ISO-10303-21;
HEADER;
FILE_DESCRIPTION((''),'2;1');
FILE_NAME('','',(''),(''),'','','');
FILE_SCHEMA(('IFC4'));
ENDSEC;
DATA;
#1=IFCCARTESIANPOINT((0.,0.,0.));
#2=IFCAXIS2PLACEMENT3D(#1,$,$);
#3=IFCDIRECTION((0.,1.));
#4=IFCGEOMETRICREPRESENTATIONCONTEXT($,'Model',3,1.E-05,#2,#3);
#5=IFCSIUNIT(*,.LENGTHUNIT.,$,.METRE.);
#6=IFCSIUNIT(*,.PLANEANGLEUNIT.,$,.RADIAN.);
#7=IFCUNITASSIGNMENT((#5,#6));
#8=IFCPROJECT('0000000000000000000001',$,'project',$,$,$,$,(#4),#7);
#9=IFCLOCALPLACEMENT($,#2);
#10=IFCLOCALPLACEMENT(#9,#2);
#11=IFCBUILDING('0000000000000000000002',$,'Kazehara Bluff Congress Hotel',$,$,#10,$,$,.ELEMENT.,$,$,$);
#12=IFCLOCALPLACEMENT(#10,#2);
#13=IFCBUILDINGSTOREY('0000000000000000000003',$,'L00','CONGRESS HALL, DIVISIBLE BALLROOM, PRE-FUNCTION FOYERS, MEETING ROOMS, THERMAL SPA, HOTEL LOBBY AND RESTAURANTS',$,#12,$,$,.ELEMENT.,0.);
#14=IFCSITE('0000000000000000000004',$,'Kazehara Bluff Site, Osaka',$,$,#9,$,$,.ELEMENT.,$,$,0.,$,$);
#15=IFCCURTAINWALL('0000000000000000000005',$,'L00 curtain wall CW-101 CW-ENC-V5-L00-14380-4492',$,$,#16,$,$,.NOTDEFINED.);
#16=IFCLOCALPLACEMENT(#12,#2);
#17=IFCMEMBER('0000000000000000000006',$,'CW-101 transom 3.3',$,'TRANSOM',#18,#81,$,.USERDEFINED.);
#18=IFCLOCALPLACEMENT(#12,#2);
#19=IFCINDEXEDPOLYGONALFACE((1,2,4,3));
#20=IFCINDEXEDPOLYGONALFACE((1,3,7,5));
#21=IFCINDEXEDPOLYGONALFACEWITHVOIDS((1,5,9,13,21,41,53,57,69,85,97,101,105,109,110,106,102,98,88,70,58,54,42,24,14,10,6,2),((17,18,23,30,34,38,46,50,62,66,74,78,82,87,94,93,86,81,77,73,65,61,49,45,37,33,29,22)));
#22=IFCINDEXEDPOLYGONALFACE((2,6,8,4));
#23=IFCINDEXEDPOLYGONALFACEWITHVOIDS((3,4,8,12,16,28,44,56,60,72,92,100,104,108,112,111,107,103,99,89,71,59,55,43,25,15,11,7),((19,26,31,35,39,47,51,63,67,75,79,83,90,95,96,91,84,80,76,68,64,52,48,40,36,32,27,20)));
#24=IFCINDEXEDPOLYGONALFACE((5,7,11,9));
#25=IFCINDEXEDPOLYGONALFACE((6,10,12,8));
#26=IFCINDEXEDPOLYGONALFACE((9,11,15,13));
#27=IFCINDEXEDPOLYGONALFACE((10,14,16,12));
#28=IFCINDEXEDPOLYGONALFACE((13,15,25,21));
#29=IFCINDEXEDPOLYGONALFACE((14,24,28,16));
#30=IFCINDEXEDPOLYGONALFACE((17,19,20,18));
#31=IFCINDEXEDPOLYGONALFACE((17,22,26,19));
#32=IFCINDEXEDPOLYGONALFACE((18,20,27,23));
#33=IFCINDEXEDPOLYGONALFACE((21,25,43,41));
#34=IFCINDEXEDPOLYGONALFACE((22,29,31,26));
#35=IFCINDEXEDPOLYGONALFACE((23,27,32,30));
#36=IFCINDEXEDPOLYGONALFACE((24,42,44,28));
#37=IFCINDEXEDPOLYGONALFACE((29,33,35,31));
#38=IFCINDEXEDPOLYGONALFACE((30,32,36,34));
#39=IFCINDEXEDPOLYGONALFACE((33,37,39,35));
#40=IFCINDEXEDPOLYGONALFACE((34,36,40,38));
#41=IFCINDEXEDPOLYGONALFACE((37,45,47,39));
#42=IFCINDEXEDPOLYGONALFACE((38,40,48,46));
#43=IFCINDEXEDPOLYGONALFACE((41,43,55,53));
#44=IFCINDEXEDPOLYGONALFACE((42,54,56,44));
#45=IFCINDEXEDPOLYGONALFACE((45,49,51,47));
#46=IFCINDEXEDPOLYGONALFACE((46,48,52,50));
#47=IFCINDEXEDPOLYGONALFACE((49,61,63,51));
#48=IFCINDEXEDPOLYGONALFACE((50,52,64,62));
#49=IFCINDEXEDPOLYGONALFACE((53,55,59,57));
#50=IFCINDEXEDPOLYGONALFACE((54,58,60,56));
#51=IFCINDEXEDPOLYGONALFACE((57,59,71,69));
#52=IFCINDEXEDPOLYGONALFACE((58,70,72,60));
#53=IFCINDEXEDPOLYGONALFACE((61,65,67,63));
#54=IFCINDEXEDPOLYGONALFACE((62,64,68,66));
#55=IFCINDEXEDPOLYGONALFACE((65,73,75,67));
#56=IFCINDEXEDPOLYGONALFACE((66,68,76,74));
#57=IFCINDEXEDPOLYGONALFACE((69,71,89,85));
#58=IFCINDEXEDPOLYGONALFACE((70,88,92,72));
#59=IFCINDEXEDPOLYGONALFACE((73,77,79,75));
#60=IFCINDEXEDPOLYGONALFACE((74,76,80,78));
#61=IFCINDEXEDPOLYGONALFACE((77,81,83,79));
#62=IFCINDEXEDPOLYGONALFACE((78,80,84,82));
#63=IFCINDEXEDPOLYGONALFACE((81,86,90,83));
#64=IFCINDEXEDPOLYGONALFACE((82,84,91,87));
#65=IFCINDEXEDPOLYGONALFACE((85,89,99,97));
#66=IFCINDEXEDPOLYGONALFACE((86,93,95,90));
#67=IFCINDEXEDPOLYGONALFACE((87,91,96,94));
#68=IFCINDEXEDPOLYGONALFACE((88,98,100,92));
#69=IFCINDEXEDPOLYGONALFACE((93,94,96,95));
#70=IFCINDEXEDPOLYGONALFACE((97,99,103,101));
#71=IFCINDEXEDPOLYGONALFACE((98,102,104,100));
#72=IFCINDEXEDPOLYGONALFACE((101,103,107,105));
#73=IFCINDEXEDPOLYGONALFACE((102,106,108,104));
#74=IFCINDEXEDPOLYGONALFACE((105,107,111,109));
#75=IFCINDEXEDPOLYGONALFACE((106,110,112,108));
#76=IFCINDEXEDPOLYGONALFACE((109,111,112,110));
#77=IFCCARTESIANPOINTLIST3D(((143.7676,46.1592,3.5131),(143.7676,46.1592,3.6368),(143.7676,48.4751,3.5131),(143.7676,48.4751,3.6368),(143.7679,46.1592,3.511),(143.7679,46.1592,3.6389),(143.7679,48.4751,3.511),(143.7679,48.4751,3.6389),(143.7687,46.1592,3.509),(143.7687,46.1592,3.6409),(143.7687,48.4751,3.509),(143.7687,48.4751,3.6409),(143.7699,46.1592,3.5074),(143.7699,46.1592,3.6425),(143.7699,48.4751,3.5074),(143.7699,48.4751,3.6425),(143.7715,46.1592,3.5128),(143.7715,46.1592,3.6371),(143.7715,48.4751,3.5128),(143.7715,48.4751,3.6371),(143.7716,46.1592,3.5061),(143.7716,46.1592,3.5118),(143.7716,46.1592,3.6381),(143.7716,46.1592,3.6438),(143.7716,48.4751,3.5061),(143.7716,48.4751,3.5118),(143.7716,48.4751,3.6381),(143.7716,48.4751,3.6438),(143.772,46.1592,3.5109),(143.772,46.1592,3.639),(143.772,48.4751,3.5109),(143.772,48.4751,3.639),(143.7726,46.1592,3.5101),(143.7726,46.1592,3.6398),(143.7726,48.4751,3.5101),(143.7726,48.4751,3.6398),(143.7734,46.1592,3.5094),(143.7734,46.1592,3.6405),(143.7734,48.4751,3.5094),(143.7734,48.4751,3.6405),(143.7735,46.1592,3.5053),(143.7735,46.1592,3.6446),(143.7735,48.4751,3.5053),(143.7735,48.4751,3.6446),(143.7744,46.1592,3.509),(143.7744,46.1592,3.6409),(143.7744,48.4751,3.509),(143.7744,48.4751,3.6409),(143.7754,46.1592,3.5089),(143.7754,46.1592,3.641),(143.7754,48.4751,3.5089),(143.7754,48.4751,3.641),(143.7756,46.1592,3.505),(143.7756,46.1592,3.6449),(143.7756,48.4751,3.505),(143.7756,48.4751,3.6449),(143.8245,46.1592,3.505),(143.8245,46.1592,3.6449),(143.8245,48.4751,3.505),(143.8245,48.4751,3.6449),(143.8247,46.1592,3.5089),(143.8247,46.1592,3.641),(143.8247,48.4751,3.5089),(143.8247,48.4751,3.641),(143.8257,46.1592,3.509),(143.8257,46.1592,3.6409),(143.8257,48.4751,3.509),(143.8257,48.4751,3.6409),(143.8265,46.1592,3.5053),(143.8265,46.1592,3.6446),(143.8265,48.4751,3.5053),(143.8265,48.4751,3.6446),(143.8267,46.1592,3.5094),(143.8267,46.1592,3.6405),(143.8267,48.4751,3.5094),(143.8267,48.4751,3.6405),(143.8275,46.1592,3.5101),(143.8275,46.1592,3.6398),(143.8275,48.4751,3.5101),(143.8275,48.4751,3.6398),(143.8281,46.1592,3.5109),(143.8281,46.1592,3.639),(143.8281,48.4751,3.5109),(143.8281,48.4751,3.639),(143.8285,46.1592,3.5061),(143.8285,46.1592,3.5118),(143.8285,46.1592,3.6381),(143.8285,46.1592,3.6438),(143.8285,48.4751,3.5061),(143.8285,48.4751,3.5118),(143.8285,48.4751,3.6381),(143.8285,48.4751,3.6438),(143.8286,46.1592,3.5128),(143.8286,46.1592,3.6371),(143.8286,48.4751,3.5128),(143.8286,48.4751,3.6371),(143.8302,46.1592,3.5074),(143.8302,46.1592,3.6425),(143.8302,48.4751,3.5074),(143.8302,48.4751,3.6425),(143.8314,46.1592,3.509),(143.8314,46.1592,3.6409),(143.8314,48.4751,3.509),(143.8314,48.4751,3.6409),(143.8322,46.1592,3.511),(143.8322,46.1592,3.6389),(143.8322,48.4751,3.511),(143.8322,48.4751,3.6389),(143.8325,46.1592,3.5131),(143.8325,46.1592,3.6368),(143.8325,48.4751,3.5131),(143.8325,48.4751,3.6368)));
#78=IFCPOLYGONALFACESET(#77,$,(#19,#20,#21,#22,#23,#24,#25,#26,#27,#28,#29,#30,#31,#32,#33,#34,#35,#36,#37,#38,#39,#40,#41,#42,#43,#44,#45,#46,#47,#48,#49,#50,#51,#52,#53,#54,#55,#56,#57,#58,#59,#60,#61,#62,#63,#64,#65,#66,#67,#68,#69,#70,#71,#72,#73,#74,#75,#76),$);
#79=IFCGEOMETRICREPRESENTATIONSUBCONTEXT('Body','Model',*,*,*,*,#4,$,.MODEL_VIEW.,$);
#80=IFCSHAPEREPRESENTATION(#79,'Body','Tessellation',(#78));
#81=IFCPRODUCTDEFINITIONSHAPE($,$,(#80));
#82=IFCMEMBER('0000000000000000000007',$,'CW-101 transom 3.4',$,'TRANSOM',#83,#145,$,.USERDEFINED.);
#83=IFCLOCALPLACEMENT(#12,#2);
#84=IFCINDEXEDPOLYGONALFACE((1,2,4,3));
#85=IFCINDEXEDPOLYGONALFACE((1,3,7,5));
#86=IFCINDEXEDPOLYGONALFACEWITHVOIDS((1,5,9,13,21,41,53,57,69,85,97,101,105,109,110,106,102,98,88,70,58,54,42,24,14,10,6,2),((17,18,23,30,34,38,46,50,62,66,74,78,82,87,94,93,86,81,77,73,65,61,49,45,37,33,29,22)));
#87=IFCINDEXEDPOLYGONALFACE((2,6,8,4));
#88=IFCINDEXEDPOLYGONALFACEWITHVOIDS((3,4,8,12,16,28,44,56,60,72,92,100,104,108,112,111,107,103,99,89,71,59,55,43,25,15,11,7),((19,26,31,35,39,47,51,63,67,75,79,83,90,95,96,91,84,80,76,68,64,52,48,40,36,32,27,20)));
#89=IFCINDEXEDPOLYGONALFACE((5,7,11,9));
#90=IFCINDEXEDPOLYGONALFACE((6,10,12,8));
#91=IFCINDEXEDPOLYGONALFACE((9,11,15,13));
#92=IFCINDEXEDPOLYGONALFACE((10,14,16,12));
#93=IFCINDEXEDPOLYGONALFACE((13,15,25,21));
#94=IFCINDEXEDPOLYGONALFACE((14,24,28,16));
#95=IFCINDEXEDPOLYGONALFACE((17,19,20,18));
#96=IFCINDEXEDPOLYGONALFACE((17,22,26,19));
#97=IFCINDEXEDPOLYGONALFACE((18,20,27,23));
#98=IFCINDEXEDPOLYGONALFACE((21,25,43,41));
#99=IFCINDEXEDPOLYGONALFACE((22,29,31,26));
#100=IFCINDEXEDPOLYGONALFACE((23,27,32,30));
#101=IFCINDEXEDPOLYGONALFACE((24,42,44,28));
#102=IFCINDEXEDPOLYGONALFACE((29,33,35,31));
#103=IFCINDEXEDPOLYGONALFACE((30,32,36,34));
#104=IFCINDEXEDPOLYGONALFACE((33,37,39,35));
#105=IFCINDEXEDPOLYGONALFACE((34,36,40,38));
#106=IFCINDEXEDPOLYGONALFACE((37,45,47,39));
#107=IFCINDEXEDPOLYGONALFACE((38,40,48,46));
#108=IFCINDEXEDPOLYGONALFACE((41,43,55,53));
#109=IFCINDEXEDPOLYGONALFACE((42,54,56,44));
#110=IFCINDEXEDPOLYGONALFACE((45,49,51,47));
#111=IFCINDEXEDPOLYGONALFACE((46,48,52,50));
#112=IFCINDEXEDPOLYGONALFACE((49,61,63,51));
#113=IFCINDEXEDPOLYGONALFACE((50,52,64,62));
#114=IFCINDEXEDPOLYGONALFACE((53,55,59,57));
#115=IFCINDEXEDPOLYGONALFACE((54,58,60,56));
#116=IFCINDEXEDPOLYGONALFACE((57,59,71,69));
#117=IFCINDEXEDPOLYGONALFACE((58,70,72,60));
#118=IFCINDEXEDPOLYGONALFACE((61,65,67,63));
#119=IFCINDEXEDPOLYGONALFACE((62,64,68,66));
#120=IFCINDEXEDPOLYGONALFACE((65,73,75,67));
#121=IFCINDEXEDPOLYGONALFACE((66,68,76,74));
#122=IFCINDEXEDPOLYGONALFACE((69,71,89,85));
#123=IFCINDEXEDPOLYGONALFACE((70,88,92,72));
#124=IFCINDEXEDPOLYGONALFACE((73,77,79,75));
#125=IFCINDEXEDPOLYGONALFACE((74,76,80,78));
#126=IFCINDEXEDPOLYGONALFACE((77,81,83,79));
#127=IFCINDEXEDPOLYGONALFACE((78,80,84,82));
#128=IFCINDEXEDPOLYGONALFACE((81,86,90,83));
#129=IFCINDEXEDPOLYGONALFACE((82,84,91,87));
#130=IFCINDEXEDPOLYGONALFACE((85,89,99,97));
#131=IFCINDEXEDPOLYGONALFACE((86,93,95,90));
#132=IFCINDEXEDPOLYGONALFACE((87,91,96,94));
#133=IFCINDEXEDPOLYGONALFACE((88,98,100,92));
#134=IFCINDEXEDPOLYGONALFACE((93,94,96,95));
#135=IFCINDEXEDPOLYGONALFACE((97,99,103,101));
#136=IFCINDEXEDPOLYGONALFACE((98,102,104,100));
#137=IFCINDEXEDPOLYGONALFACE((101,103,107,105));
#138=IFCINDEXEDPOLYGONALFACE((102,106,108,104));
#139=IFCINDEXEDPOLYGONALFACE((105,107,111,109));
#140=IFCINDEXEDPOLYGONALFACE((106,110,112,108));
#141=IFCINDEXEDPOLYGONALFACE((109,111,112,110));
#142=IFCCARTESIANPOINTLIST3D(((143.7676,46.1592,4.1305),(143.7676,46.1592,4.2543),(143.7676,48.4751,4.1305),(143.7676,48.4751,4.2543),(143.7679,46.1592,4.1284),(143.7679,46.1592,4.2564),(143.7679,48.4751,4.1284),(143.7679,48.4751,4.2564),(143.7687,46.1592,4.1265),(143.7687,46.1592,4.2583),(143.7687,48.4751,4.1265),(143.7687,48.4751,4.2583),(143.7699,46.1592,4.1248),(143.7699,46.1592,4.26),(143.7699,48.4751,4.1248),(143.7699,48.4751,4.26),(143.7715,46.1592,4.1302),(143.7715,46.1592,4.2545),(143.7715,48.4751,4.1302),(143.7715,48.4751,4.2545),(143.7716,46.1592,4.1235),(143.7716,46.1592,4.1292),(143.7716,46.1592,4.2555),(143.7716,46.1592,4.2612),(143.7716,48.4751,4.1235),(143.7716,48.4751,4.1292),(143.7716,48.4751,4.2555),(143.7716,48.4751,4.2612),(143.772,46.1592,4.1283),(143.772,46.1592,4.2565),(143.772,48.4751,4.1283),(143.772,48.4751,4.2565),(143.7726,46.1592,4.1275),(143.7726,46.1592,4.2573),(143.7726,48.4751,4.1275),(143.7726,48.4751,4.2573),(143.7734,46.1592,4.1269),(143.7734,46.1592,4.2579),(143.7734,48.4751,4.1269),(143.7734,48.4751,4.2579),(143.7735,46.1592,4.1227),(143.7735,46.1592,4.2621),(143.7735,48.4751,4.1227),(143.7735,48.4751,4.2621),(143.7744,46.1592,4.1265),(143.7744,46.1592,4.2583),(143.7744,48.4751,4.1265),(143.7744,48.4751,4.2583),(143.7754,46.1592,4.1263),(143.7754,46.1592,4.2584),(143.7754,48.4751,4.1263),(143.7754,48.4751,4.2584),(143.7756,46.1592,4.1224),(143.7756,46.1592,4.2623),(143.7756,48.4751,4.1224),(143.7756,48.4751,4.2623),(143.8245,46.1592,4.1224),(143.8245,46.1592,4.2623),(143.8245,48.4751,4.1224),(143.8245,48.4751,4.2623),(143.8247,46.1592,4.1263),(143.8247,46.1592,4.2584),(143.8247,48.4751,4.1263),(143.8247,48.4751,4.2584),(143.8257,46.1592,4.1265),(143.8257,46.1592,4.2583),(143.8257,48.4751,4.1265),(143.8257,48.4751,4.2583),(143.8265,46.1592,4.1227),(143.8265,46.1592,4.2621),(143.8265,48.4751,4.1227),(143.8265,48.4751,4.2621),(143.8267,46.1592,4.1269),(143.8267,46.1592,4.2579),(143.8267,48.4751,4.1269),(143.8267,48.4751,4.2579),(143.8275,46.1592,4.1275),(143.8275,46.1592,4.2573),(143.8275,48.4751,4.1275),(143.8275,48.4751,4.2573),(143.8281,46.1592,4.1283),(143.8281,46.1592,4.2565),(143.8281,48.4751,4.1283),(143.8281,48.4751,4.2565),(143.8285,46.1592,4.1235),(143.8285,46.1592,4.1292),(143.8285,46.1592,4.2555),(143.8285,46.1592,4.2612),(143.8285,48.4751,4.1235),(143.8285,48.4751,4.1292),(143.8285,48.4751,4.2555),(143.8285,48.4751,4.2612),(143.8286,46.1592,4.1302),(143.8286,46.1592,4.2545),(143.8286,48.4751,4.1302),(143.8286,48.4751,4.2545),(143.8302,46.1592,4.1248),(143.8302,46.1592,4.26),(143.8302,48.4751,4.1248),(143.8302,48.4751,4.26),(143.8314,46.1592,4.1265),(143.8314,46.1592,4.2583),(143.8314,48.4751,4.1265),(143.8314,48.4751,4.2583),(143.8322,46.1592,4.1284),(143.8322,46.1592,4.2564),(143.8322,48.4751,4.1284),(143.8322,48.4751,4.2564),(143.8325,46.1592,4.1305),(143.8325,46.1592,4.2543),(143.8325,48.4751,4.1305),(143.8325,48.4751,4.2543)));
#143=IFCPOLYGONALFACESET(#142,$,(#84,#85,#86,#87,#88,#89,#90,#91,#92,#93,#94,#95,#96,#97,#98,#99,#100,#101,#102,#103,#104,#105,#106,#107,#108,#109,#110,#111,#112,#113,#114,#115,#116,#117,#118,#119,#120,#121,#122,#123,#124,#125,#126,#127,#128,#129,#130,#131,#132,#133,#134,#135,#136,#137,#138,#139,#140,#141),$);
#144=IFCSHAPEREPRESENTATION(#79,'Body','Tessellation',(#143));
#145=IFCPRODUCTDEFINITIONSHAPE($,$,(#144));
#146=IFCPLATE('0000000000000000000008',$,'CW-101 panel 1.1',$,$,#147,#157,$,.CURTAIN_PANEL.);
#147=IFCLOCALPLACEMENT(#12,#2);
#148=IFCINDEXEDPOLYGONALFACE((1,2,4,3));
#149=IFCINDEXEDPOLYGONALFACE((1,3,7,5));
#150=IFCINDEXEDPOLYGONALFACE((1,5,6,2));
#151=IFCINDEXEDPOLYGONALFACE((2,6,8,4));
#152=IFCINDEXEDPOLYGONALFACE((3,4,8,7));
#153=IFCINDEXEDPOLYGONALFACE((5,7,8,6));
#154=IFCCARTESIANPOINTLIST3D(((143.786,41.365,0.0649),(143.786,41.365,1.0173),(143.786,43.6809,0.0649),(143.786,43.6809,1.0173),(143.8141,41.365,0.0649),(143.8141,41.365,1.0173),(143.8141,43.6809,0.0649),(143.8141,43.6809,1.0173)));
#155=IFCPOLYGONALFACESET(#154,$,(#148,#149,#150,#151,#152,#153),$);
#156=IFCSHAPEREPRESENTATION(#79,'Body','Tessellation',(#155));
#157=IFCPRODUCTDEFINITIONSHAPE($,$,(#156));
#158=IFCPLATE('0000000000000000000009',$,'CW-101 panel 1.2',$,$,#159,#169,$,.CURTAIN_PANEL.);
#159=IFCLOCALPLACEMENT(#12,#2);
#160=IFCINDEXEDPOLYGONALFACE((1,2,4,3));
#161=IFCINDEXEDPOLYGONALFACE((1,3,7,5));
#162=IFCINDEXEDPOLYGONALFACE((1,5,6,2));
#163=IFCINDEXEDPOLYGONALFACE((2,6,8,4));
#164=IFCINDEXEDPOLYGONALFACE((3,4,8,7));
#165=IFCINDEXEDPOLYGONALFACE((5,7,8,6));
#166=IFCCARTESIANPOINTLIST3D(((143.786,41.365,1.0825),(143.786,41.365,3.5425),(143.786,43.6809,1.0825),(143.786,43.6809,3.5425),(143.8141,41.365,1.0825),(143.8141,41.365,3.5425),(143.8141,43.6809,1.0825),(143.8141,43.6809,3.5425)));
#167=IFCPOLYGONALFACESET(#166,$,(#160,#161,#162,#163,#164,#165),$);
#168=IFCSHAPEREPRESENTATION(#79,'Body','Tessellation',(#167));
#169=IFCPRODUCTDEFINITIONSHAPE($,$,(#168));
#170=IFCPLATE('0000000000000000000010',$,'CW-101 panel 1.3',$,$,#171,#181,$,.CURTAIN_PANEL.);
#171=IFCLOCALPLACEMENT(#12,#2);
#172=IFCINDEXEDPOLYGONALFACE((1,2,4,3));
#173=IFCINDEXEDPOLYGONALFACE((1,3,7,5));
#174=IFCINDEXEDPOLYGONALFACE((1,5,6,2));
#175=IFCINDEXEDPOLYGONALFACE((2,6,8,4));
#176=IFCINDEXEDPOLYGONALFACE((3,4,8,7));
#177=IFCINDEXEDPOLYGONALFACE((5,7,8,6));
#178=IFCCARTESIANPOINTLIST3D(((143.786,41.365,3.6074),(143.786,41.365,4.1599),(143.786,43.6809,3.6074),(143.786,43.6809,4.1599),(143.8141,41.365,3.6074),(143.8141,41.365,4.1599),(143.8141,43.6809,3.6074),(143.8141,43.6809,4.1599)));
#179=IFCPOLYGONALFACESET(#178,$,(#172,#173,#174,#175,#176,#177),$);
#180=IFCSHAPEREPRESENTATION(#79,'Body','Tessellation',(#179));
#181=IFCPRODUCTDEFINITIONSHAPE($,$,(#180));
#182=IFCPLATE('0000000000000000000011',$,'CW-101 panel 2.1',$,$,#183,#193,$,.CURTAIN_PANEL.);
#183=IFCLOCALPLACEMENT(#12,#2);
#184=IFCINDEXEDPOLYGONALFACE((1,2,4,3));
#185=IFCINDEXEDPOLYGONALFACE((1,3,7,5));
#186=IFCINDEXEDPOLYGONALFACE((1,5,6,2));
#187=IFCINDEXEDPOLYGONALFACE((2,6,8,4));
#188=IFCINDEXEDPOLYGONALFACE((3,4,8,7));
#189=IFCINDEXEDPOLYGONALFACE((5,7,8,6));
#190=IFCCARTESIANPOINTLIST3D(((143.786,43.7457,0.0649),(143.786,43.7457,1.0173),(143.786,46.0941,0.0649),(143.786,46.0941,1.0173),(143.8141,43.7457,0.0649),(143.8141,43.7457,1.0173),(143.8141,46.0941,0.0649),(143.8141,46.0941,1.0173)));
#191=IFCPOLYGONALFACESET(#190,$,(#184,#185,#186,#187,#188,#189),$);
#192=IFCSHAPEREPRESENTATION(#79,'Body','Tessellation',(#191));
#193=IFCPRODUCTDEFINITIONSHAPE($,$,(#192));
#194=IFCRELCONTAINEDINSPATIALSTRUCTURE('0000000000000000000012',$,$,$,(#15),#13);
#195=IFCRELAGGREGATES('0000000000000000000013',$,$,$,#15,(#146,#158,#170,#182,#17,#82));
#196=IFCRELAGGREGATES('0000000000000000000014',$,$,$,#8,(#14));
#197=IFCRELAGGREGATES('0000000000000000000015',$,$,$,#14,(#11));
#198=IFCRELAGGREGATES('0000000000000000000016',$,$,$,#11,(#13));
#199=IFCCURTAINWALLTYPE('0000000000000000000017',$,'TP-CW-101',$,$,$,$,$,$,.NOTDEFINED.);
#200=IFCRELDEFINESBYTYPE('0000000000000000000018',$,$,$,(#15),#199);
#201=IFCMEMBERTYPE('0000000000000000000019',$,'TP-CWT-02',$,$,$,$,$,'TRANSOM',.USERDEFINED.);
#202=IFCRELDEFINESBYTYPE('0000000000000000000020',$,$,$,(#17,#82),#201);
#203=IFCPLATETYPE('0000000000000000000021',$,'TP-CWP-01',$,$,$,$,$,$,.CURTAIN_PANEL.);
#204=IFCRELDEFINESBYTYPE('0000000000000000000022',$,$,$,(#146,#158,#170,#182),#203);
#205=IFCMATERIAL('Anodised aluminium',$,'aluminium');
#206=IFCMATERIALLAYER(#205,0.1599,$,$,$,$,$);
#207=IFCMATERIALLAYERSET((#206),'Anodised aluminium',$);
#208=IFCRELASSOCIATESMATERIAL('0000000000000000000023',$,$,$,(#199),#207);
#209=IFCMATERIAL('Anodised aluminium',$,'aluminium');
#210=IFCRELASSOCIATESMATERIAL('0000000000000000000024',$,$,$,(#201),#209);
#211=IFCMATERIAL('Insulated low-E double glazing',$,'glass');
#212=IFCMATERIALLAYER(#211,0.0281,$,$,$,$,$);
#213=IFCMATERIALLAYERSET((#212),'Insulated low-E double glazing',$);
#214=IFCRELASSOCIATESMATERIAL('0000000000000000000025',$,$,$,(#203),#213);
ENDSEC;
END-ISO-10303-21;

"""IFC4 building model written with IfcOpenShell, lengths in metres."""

from ifc_helpers import new_model, si_unit, direction, frame, origin, origin_2d, place, context, subcontext, project, spatial, rectangle, hollow_rectangle, extrude, material, layer, layer_set, material_profile, profile_set, type_object, element, aggregate, save


model = new_model("IFC4")

# Units and contexts
model_context = context("Model", 3, precision=1e-05, world=origin(), true_north=direction((0.0, 1.0)))
body_context = subcontext(model_context, "Body", "Model", "MODEL_VIEW")
ifc_project = project(units=[si_unit("LENGTHUNIT", "METRE"), si_unit("PLANEANGLEUNIT", "RADIAN")], contexts=[model_context])

# Site, building, storey
site_placement = place(None, origin())
site = spatial("IfcSite", under=ifc_project, at=site_placement, Name="Kazehara Bluff Site, Osaka", CompositionType="ELEMENT", RefElevation=0.0)
building_placement = place(site_placement, origin())
building = spatial("IfcBuilding", under=site, at=building_placement, Name="Kazehara Bluff Congress Hotel", CompositionType="ELEMENT")
storey_placement = place(building_placement, origin())
storey = spatial("IfcBuildingStorey", under=building, at=storey_placement, Name="L00", Description="CONGRESS HALL, DIVISIBLE BALLROOM, PRE-FUNCTION FOYERS, MEETING ROOMS, THERMAL SPA, HOTEL LOBBY AND RESTAURANTS", CompositionType="ELEMENT", Elevation=0.0)

# Curtain wall
ifc_material_1 = material(Name="Anodised aluminium", Category="aluminium")
ifc_layer_1 = layer(ifc_material_1, 0.1599)
ifc_layer_set_1 = layer_set([ifc_layer_1], Name="Anodised aluminium")
curtain_wall_type_1 = type_object("IfcCurtainWallType", Name="TP-CW-101", PredefinedType="NOTDEFINED", material=ifc_layer_set_1)
curtain_wall_1_placement = place(storey_placement, origin())
curtain_wall_1 = element("IfcCurtainWall", 1, at=curtain_wall_1_placement, inside=storey, type_object=curtain_wall_type_1, Name="L00 curtain wall CW-101 CW-ENC-V5-L00-14380-4492", PredefinedType="NOTDEFINED")

# Members
ifc_material_2 = material(Name="Anodised aluminium", Category="aluminium")
ifc_material_profile_1 = material_profile(ifc_material_2, hollow_rectangle(XDim=0.0649, YDim=0.1399, WallThickness=0.0039, InnerFilletRadius=0.0039, OuterFilletRadius=0.0081, at=origin_2d()))
ifc_profile_set_1 = profile_set([ifc_material_profile_1], Name="Anodised aluminium")
member_type_1 = type_object("IfcMemberType", Name="TP-CWT-02", ElementType="TRANSOM", PredefinedType="USERDEFINED", material=ifc_profile_set_1)
member_1_placement = place(storey_placement, frame((143.8, 46.1592, 3.575), z_axis=(0.0, 1.0, 0.0), x_axis=(-1.0, 0.0, 0.0)))
member_1 = element("IfcMember", 2, at=member_1_placement, type_object=member_type_1, Name="CW-101 transom 3.3", ObjectType="TRANSOM", PredefinedType="USERDEFINED", context=body_context, shape_type="SweptSolid", body=[
    extrude(hollow_rectangle(XDim=0.0649, YDim=0.1399, WallThickness=0.0039, InnerFilletRadius=0.0039, OuterFilletRadius=0.0081, at=origin_2d()), origin(), (0.0, 0.0, 1.0), 2.3159),
])
member_2_placement = place(storey_placement, frame((143.8, 46.1592, 4.1924), z_axis=(0.0, 1.0, 0.0), x_axis=(-1.0, 0.0, 0.0)))
member_2 = element("IfcMember", 3, at=member_2_placement, type_object=member_type_1, Name="CW-101 transom 3.4", ObjectType="TRANSOM", PredefinedType="USERDEFINED", context=body_context, shape_type="SweptSolid", body=[
    extrude(hollow_rectangle(XDim=0.0649, YDim=0.1399, WallThickness=0.0039, InnerFilletRadius=0.0039, OuterFilletRadius=0.0081, at=origin_2d()), origin(), (0.0, 0.0, 1.0), 2.3159),
])

# Plates
ifc_material_3 = material(Name="Insulated low-E double glazing", Category="glass")
ifc_layer_2 = layer(ifc_material_3, 0.0281)
ifc_layer_set_2 = layer_set([ifc_layer_2], Name="Insulated low-E double glazing")
plate_type = type_object("IfcPlateType", Name="TP-CWP-01", PredefinedType="CURTAIN_PANEL", material=ifc_layer_set_2)
plate_1_placement = place(storey_placement, frame((143.8, 42.5229, 0.0649), z_axis=(0.0, 0.0, 1.0), x_axis=(0.0, 1.0, 0.0)))
plate_1 = element("IfcPlate", 4, at=plate_1_placement, type_object=plate_type, Name="CW-101 panel 1.1", PredefinedType="CURTAIN_PANEL", context=body_context, shape_type="SweptSolid", body=[
    extrude(rectangle(XDim=2.3159, YDim=0.0281, at=origin_2d()), origin(), (0.0, 0.0, 1.0), 0.9524),
])
plate_2_placement = place(storey_placement, frame((143.8, 42.5229, 1.0825), z_axis=(0.0, 0.0, 1.0), x_axis=(0.0, 1.0, 0.0)))
plate_2 = element("IfcPlate", 5, at=plate_2_placement, type_object=plate_type, Name="CW-101 panel 1.2", PredefinedType="CURTAIN_PANEL", context=body_context, shape_type="SweptSolid", body=[
    extrude(rectangle(XDim=2.3159, YDim=0.0281, at=origin_2d()), origin(), (0.0, 0.0, 1.0), 2.46),
])
plate_3_placement = place(storey_placement, frame((143.8, 42.5229, 3.6074), z_axis=(0.0, 0.0, 1.0), x_axis=(0.0, 1.0, 0.0)))
plate_3 = element("IfcPlate", 6, at=plate_3_placement, type_object=plate_type, Name="CW-101 panel 1.3", PredefinedType="CURTAIN_PANEL", context=body_context, shape_type="SweptSolid", body=[
    extrude(rectangle(XDim=2.3159, YDim=0.0281, at=origin_2d()), origin(), (0.0, 0.0, 1.0), 0.5525),
])
plate_4_placement = place(storey_placement, frame((143.8, 44.9199, 0.0649), z_axis=(0.0, 0.0, 1.0), x_axis=(0.0, 1.0, 0.0)))
plate_4 = element("IfcPlate", 7, at=plate_4_placement, type_object=plate_type, Name="CW-101 panel 2.1", PredefinedType="CURTAIN_PANEL", context=body_context, shape_type="SweptSolid", body=[
    extrude(rectangle(XDim=2.3484, YDim=0.0281, at=origin_2d()), origin(), (0.0, 0.0, 1.0), 0.9524),
])
aggregate(curtain_wall_1, [plate_1, plate_2, plate_3, plate_4, member_1, member_2])

save(model, "model.ifc")
